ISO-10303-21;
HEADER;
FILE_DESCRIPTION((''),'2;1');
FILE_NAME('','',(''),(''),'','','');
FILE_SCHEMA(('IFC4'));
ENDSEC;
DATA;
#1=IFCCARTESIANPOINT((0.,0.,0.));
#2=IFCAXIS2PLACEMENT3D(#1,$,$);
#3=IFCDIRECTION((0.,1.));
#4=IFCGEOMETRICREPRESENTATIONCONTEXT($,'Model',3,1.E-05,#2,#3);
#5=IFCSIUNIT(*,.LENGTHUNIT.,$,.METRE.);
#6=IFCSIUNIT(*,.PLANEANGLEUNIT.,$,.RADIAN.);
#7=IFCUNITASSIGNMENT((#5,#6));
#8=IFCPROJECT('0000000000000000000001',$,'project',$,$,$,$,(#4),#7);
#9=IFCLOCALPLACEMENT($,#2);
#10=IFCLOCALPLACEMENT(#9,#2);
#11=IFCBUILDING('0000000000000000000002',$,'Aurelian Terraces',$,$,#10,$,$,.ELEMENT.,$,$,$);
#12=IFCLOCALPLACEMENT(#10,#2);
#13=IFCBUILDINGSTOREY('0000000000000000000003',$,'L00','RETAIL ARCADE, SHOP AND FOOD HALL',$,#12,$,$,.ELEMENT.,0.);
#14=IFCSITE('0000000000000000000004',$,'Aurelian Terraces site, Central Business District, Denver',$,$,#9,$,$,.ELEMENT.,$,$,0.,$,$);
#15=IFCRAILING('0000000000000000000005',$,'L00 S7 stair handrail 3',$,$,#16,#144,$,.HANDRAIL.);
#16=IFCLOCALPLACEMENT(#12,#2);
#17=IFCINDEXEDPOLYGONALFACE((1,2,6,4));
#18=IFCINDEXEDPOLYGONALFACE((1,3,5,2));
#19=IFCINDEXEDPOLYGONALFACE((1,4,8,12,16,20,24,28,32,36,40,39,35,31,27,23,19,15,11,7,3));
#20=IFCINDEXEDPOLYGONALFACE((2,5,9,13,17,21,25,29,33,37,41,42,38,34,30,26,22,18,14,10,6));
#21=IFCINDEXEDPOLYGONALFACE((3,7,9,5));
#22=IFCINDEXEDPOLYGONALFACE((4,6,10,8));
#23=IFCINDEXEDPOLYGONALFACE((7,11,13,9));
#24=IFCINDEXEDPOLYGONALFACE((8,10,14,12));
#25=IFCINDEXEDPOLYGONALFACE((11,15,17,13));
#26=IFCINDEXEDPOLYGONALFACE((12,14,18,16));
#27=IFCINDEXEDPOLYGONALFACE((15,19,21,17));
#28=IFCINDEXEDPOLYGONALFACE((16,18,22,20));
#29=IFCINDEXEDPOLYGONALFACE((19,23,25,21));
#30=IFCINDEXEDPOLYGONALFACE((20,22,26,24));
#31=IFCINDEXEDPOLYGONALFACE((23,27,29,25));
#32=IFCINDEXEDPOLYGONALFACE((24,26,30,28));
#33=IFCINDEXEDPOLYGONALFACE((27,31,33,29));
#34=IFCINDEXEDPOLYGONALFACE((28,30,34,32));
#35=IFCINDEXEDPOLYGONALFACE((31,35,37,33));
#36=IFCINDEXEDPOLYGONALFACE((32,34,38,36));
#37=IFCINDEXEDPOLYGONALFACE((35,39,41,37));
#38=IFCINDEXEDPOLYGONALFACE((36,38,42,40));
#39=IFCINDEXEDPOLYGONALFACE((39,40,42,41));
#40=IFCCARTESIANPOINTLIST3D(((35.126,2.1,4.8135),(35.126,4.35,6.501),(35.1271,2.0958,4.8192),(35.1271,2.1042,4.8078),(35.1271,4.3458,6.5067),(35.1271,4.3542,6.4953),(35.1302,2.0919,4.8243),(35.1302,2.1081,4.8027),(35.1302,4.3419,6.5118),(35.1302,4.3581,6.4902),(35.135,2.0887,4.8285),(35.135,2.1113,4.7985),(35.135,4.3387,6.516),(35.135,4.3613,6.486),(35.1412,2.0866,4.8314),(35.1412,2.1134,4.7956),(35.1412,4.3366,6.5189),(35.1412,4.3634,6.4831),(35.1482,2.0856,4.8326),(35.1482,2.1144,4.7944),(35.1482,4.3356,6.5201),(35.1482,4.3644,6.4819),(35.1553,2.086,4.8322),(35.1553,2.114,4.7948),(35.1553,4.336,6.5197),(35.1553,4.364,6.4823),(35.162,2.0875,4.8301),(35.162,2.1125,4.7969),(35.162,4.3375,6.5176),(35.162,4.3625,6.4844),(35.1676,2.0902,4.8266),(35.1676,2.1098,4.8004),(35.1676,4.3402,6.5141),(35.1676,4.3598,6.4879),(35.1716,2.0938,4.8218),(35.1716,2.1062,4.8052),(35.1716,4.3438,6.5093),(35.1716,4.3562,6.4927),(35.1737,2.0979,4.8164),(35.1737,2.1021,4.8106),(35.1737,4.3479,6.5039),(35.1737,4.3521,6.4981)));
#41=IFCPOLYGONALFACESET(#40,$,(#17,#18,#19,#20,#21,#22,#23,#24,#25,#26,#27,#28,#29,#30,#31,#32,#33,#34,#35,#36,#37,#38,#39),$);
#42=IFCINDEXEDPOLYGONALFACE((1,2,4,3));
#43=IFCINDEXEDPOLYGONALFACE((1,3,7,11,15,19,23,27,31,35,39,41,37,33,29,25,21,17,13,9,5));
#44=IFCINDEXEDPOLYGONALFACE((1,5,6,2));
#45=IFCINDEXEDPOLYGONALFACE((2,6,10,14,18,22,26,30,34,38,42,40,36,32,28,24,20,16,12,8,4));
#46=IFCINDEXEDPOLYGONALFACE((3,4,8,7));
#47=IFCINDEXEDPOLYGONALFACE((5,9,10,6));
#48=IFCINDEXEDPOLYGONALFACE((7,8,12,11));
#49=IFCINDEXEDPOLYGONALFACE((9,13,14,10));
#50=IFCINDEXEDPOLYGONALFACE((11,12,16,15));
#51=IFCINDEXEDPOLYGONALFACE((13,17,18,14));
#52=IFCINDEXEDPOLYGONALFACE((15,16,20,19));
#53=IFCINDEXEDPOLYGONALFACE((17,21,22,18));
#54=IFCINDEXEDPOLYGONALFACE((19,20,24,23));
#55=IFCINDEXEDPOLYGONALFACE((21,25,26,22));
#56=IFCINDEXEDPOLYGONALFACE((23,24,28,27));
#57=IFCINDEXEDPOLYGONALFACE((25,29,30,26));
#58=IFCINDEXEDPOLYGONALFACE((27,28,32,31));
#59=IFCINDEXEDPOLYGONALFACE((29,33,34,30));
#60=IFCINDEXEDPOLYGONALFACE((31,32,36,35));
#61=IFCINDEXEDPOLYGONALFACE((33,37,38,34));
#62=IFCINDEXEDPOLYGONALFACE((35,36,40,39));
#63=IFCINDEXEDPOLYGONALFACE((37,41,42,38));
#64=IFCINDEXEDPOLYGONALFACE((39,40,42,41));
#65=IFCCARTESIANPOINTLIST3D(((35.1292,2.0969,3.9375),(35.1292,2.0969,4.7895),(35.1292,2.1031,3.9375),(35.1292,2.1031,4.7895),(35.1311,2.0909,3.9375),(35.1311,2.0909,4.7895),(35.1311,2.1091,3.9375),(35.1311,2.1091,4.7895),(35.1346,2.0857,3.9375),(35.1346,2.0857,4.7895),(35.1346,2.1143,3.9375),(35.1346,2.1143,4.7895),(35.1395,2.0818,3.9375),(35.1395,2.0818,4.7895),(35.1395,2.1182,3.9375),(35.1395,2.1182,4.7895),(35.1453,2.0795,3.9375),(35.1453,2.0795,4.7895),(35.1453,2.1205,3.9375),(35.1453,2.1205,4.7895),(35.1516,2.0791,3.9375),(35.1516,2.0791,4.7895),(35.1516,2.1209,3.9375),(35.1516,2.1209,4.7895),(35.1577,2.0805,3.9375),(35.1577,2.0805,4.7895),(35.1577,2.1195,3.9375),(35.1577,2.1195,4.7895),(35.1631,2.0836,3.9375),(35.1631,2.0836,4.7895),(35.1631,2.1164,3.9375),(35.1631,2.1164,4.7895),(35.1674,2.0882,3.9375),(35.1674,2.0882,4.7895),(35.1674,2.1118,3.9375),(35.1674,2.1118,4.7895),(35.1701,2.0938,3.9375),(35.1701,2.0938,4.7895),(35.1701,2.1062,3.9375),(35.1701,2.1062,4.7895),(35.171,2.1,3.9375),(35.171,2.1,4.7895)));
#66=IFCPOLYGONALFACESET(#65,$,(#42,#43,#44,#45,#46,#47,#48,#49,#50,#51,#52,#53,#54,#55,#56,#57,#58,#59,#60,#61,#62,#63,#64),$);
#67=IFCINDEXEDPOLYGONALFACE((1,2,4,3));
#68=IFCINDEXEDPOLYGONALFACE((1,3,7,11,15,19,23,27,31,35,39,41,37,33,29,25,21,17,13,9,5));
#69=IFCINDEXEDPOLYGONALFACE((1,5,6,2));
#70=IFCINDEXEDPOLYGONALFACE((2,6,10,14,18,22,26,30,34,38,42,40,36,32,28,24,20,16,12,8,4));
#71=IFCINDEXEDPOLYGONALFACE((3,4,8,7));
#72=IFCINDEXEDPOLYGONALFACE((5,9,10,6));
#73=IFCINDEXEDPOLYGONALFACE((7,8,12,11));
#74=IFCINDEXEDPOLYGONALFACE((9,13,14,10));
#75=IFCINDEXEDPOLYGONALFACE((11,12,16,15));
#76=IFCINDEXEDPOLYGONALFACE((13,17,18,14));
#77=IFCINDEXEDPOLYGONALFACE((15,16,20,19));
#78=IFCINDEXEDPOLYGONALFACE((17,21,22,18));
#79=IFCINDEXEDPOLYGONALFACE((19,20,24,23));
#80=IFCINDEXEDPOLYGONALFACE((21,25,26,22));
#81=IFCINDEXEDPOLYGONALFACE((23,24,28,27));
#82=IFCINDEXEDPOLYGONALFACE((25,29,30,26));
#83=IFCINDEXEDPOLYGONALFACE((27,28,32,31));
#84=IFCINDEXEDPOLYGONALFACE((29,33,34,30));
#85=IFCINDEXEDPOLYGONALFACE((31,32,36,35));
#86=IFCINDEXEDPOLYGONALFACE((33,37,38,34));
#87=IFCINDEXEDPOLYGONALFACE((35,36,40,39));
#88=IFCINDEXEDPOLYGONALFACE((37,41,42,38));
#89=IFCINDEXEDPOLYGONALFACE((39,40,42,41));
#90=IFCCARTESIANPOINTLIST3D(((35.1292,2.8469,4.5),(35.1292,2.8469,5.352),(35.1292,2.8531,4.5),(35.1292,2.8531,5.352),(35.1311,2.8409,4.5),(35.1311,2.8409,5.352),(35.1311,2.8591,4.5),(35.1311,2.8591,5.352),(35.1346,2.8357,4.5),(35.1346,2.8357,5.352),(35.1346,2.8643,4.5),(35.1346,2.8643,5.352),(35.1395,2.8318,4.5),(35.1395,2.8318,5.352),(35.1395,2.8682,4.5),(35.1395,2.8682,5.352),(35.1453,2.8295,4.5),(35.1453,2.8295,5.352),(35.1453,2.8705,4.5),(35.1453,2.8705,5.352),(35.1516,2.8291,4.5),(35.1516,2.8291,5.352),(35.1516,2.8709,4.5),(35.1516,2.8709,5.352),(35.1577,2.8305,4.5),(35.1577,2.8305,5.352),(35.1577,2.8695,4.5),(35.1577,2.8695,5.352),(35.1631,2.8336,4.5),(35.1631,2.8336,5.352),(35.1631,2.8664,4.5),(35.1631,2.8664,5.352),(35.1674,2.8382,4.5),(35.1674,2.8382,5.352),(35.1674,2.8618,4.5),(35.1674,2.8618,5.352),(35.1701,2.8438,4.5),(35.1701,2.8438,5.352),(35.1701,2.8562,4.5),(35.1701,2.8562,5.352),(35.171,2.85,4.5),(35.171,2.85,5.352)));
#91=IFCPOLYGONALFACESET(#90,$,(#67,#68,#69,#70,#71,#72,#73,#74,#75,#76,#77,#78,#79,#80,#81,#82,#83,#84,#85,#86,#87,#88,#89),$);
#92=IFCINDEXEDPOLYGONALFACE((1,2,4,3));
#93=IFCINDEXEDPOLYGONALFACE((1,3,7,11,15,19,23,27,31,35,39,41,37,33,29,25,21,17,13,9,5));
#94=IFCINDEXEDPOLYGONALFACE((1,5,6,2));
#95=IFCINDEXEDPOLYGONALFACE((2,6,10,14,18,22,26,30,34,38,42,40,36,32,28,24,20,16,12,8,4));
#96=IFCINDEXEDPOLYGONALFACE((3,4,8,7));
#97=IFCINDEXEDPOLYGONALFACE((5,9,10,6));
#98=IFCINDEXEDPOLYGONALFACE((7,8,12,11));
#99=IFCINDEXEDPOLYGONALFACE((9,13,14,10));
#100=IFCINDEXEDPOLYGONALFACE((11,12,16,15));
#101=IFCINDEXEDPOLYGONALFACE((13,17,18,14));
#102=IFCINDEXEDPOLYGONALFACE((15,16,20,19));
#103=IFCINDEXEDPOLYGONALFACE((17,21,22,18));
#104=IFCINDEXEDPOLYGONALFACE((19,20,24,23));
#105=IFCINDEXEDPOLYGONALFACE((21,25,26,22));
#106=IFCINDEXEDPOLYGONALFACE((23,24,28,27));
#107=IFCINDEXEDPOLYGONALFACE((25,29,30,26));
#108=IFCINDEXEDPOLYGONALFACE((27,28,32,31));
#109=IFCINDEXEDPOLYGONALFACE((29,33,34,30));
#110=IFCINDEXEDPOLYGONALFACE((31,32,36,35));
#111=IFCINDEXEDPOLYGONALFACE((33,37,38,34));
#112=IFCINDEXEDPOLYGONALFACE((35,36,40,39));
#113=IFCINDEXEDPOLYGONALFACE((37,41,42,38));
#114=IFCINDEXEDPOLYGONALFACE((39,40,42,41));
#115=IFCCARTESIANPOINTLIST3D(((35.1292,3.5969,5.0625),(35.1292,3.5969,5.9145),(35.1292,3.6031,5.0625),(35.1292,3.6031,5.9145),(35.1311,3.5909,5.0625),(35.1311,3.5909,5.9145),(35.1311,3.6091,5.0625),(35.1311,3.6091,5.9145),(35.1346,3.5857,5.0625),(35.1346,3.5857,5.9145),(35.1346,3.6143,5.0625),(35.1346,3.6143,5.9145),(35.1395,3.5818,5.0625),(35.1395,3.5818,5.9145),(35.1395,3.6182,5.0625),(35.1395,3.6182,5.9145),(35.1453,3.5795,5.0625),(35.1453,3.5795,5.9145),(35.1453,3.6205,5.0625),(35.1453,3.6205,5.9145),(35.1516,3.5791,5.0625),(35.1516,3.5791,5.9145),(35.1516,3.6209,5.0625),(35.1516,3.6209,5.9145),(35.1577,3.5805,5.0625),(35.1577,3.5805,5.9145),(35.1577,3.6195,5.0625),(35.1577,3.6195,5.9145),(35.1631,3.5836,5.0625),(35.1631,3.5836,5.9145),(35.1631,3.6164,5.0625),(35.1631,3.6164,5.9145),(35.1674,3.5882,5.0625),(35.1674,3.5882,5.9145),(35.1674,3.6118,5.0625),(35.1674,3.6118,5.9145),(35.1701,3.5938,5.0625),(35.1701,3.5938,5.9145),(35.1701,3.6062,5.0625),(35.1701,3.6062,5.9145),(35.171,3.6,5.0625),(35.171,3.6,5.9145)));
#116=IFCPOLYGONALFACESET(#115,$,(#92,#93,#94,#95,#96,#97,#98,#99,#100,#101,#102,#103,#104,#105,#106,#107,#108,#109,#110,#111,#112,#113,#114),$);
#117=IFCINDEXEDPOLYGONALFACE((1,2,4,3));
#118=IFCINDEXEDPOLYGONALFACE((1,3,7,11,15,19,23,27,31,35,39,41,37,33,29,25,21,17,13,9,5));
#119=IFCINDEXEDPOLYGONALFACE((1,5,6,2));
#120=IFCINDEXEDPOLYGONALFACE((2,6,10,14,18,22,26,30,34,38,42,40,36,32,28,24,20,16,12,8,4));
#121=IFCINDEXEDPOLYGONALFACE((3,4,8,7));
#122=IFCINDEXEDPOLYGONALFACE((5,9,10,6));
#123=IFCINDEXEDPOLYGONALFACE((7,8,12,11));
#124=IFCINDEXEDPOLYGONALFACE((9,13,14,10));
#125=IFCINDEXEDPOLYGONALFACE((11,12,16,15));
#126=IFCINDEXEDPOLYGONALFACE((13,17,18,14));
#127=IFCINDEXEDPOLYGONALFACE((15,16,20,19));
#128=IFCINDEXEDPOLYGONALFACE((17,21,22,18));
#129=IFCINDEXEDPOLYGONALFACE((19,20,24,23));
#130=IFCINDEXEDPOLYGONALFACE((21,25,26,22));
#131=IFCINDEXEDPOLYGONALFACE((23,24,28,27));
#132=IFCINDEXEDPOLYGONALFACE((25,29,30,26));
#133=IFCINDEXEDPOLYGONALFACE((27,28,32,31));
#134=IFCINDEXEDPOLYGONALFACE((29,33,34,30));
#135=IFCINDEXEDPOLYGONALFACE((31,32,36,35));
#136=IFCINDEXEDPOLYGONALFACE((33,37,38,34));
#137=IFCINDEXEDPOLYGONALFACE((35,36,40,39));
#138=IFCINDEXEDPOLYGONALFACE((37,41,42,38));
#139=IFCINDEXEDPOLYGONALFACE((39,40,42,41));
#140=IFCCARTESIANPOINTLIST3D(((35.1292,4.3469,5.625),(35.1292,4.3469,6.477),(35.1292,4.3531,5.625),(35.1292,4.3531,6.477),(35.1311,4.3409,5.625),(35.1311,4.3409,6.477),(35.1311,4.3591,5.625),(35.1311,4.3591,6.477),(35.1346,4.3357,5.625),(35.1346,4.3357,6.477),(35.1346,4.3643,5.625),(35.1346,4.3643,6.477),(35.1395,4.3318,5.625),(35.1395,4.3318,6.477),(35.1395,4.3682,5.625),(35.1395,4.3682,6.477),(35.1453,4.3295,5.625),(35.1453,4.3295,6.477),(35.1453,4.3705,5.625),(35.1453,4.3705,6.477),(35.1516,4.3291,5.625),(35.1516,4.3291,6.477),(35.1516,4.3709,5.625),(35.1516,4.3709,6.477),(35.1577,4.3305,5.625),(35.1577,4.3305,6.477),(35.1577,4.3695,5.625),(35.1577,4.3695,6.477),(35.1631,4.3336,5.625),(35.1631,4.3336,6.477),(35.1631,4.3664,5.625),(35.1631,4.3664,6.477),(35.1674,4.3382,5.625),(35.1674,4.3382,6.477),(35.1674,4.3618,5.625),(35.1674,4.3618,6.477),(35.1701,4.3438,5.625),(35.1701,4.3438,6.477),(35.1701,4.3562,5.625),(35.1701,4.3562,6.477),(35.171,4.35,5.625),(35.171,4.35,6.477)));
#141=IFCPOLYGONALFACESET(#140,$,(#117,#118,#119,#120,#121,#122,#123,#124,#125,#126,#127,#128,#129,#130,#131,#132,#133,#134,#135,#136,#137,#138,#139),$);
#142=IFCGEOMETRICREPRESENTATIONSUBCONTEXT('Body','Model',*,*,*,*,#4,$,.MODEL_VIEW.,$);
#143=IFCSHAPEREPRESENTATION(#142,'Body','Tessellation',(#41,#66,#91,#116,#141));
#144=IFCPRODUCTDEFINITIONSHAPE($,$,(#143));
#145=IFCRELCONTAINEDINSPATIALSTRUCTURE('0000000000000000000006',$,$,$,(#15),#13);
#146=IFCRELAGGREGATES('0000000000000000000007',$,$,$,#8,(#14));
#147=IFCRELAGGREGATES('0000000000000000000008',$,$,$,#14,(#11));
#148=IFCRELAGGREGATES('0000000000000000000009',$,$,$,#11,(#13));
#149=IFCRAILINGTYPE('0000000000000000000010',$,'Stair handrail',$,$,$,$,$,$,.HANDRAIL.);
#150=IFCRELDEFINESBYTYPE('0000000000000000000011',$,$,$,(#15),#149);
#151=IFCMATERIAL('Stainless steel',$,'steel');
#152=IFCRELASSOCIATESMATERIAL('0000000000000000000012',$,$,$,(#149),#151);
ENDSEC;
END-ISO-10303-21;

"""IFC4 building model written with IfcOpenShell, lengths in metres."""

from ifc_helpers import new_model, si_unit, direction, frame, origin, origin_2d, place, context, subcontext, project, spatial, circle, extrude, source, transform, mapped, material, type_object, element, save


model = new_model("IFC4")

# Units and contexts
model_context = context("Model", 3, precision=1e-05, world=origin(), true_north=direction((0.0, 1.0)))
body_context = subcontext(model_context, "Body", "Model", "MODEL_VIEW")
ifc_project = project(units=[si_unit("LENGTHUNIT", "METRE"), si_unit("PLANEANGLEUNIT", "RADIAN")], contexts=[model_context])

# Site, building, storey
site_placement = place(None, origin())
site = spatial("IfcSite", under=ifc_project, at=site_placement, Name="Aurelian Terraces site, Central Business District, Denver", CompositionType="ELEMENT", RefElevation=0.0)
building_placement = place(site_placement, origin())
building = spatial("IfcBuilding", under=site, at=building_placement, Name="Aurelian Terraces", CompositionType="ELEMENT")
storey_placement = place(building_placement, origin())
storey = spatial("IfcBuildingStorey", under=building, at=storey_placement, Name="L00", Description="RETAIL ARCADE, SHOP AND FOOD HALL", CompositionType="ELEMENT", Elevation=0.0)

# Railing
ifc_material_1 = material(Name="Stainless steel", Category="steel")
railing_type_1 = type_object("IfcRailingType", Name="Stair handrail", PredefinedType="HANDRAIL", material=ifc_material_1)
shared_shape_1 = source(origin(), body_context, "Body", "SweptSolid", [
    extrude(circle(Radius=0.024, at=origin_2d()), frame((0.0, 0.0, 0.876), z_axis=(0.0, 0.8, 0.6), x_axis=(-1.0, 0.0, 0.0)), (0.0, 0.0, 1.0), 2.8125),
    extrude(circle(Radius=0.021, at=origin_2d()), origin(), (0.0, 0.0, 1.0), 0.852),
    extrude(circle(Radius=0.021, at=origin_2d()), frame((0.0, 0.75, 0.5625)), (0.0, 0.0, 1.0), 0.852),
    extrude(circle(Radius=0.021, at=origin_2d()), frame((0.0, 1.5, 1.125)), (0.0, 0.0, 1.0), 0.852),
    extrude(circle(Radius=0.021, at=origin_2d()), frame((0.0, 2.25, 1.6875)), (0.0, 0.0, 1.0), 0.852),
])
for number, where, name in (
    (1, (35.15, 2.1, 3.9375), "L00 S7 stair handrail 3"),
):
    element("IfcRailing", number, at=place(storey_placement, frame(where)), inside=storey, type_object=railing_type_1, Name=name, PredefinedType="HANDRAIL", context=body_context, shape_type="MappedRepresentation", body=[
        mapped(shared_shape_1, transform((0.0, 0.0, 0.0), scale=1.0)),
    ])

save(model, "model.ifc")
